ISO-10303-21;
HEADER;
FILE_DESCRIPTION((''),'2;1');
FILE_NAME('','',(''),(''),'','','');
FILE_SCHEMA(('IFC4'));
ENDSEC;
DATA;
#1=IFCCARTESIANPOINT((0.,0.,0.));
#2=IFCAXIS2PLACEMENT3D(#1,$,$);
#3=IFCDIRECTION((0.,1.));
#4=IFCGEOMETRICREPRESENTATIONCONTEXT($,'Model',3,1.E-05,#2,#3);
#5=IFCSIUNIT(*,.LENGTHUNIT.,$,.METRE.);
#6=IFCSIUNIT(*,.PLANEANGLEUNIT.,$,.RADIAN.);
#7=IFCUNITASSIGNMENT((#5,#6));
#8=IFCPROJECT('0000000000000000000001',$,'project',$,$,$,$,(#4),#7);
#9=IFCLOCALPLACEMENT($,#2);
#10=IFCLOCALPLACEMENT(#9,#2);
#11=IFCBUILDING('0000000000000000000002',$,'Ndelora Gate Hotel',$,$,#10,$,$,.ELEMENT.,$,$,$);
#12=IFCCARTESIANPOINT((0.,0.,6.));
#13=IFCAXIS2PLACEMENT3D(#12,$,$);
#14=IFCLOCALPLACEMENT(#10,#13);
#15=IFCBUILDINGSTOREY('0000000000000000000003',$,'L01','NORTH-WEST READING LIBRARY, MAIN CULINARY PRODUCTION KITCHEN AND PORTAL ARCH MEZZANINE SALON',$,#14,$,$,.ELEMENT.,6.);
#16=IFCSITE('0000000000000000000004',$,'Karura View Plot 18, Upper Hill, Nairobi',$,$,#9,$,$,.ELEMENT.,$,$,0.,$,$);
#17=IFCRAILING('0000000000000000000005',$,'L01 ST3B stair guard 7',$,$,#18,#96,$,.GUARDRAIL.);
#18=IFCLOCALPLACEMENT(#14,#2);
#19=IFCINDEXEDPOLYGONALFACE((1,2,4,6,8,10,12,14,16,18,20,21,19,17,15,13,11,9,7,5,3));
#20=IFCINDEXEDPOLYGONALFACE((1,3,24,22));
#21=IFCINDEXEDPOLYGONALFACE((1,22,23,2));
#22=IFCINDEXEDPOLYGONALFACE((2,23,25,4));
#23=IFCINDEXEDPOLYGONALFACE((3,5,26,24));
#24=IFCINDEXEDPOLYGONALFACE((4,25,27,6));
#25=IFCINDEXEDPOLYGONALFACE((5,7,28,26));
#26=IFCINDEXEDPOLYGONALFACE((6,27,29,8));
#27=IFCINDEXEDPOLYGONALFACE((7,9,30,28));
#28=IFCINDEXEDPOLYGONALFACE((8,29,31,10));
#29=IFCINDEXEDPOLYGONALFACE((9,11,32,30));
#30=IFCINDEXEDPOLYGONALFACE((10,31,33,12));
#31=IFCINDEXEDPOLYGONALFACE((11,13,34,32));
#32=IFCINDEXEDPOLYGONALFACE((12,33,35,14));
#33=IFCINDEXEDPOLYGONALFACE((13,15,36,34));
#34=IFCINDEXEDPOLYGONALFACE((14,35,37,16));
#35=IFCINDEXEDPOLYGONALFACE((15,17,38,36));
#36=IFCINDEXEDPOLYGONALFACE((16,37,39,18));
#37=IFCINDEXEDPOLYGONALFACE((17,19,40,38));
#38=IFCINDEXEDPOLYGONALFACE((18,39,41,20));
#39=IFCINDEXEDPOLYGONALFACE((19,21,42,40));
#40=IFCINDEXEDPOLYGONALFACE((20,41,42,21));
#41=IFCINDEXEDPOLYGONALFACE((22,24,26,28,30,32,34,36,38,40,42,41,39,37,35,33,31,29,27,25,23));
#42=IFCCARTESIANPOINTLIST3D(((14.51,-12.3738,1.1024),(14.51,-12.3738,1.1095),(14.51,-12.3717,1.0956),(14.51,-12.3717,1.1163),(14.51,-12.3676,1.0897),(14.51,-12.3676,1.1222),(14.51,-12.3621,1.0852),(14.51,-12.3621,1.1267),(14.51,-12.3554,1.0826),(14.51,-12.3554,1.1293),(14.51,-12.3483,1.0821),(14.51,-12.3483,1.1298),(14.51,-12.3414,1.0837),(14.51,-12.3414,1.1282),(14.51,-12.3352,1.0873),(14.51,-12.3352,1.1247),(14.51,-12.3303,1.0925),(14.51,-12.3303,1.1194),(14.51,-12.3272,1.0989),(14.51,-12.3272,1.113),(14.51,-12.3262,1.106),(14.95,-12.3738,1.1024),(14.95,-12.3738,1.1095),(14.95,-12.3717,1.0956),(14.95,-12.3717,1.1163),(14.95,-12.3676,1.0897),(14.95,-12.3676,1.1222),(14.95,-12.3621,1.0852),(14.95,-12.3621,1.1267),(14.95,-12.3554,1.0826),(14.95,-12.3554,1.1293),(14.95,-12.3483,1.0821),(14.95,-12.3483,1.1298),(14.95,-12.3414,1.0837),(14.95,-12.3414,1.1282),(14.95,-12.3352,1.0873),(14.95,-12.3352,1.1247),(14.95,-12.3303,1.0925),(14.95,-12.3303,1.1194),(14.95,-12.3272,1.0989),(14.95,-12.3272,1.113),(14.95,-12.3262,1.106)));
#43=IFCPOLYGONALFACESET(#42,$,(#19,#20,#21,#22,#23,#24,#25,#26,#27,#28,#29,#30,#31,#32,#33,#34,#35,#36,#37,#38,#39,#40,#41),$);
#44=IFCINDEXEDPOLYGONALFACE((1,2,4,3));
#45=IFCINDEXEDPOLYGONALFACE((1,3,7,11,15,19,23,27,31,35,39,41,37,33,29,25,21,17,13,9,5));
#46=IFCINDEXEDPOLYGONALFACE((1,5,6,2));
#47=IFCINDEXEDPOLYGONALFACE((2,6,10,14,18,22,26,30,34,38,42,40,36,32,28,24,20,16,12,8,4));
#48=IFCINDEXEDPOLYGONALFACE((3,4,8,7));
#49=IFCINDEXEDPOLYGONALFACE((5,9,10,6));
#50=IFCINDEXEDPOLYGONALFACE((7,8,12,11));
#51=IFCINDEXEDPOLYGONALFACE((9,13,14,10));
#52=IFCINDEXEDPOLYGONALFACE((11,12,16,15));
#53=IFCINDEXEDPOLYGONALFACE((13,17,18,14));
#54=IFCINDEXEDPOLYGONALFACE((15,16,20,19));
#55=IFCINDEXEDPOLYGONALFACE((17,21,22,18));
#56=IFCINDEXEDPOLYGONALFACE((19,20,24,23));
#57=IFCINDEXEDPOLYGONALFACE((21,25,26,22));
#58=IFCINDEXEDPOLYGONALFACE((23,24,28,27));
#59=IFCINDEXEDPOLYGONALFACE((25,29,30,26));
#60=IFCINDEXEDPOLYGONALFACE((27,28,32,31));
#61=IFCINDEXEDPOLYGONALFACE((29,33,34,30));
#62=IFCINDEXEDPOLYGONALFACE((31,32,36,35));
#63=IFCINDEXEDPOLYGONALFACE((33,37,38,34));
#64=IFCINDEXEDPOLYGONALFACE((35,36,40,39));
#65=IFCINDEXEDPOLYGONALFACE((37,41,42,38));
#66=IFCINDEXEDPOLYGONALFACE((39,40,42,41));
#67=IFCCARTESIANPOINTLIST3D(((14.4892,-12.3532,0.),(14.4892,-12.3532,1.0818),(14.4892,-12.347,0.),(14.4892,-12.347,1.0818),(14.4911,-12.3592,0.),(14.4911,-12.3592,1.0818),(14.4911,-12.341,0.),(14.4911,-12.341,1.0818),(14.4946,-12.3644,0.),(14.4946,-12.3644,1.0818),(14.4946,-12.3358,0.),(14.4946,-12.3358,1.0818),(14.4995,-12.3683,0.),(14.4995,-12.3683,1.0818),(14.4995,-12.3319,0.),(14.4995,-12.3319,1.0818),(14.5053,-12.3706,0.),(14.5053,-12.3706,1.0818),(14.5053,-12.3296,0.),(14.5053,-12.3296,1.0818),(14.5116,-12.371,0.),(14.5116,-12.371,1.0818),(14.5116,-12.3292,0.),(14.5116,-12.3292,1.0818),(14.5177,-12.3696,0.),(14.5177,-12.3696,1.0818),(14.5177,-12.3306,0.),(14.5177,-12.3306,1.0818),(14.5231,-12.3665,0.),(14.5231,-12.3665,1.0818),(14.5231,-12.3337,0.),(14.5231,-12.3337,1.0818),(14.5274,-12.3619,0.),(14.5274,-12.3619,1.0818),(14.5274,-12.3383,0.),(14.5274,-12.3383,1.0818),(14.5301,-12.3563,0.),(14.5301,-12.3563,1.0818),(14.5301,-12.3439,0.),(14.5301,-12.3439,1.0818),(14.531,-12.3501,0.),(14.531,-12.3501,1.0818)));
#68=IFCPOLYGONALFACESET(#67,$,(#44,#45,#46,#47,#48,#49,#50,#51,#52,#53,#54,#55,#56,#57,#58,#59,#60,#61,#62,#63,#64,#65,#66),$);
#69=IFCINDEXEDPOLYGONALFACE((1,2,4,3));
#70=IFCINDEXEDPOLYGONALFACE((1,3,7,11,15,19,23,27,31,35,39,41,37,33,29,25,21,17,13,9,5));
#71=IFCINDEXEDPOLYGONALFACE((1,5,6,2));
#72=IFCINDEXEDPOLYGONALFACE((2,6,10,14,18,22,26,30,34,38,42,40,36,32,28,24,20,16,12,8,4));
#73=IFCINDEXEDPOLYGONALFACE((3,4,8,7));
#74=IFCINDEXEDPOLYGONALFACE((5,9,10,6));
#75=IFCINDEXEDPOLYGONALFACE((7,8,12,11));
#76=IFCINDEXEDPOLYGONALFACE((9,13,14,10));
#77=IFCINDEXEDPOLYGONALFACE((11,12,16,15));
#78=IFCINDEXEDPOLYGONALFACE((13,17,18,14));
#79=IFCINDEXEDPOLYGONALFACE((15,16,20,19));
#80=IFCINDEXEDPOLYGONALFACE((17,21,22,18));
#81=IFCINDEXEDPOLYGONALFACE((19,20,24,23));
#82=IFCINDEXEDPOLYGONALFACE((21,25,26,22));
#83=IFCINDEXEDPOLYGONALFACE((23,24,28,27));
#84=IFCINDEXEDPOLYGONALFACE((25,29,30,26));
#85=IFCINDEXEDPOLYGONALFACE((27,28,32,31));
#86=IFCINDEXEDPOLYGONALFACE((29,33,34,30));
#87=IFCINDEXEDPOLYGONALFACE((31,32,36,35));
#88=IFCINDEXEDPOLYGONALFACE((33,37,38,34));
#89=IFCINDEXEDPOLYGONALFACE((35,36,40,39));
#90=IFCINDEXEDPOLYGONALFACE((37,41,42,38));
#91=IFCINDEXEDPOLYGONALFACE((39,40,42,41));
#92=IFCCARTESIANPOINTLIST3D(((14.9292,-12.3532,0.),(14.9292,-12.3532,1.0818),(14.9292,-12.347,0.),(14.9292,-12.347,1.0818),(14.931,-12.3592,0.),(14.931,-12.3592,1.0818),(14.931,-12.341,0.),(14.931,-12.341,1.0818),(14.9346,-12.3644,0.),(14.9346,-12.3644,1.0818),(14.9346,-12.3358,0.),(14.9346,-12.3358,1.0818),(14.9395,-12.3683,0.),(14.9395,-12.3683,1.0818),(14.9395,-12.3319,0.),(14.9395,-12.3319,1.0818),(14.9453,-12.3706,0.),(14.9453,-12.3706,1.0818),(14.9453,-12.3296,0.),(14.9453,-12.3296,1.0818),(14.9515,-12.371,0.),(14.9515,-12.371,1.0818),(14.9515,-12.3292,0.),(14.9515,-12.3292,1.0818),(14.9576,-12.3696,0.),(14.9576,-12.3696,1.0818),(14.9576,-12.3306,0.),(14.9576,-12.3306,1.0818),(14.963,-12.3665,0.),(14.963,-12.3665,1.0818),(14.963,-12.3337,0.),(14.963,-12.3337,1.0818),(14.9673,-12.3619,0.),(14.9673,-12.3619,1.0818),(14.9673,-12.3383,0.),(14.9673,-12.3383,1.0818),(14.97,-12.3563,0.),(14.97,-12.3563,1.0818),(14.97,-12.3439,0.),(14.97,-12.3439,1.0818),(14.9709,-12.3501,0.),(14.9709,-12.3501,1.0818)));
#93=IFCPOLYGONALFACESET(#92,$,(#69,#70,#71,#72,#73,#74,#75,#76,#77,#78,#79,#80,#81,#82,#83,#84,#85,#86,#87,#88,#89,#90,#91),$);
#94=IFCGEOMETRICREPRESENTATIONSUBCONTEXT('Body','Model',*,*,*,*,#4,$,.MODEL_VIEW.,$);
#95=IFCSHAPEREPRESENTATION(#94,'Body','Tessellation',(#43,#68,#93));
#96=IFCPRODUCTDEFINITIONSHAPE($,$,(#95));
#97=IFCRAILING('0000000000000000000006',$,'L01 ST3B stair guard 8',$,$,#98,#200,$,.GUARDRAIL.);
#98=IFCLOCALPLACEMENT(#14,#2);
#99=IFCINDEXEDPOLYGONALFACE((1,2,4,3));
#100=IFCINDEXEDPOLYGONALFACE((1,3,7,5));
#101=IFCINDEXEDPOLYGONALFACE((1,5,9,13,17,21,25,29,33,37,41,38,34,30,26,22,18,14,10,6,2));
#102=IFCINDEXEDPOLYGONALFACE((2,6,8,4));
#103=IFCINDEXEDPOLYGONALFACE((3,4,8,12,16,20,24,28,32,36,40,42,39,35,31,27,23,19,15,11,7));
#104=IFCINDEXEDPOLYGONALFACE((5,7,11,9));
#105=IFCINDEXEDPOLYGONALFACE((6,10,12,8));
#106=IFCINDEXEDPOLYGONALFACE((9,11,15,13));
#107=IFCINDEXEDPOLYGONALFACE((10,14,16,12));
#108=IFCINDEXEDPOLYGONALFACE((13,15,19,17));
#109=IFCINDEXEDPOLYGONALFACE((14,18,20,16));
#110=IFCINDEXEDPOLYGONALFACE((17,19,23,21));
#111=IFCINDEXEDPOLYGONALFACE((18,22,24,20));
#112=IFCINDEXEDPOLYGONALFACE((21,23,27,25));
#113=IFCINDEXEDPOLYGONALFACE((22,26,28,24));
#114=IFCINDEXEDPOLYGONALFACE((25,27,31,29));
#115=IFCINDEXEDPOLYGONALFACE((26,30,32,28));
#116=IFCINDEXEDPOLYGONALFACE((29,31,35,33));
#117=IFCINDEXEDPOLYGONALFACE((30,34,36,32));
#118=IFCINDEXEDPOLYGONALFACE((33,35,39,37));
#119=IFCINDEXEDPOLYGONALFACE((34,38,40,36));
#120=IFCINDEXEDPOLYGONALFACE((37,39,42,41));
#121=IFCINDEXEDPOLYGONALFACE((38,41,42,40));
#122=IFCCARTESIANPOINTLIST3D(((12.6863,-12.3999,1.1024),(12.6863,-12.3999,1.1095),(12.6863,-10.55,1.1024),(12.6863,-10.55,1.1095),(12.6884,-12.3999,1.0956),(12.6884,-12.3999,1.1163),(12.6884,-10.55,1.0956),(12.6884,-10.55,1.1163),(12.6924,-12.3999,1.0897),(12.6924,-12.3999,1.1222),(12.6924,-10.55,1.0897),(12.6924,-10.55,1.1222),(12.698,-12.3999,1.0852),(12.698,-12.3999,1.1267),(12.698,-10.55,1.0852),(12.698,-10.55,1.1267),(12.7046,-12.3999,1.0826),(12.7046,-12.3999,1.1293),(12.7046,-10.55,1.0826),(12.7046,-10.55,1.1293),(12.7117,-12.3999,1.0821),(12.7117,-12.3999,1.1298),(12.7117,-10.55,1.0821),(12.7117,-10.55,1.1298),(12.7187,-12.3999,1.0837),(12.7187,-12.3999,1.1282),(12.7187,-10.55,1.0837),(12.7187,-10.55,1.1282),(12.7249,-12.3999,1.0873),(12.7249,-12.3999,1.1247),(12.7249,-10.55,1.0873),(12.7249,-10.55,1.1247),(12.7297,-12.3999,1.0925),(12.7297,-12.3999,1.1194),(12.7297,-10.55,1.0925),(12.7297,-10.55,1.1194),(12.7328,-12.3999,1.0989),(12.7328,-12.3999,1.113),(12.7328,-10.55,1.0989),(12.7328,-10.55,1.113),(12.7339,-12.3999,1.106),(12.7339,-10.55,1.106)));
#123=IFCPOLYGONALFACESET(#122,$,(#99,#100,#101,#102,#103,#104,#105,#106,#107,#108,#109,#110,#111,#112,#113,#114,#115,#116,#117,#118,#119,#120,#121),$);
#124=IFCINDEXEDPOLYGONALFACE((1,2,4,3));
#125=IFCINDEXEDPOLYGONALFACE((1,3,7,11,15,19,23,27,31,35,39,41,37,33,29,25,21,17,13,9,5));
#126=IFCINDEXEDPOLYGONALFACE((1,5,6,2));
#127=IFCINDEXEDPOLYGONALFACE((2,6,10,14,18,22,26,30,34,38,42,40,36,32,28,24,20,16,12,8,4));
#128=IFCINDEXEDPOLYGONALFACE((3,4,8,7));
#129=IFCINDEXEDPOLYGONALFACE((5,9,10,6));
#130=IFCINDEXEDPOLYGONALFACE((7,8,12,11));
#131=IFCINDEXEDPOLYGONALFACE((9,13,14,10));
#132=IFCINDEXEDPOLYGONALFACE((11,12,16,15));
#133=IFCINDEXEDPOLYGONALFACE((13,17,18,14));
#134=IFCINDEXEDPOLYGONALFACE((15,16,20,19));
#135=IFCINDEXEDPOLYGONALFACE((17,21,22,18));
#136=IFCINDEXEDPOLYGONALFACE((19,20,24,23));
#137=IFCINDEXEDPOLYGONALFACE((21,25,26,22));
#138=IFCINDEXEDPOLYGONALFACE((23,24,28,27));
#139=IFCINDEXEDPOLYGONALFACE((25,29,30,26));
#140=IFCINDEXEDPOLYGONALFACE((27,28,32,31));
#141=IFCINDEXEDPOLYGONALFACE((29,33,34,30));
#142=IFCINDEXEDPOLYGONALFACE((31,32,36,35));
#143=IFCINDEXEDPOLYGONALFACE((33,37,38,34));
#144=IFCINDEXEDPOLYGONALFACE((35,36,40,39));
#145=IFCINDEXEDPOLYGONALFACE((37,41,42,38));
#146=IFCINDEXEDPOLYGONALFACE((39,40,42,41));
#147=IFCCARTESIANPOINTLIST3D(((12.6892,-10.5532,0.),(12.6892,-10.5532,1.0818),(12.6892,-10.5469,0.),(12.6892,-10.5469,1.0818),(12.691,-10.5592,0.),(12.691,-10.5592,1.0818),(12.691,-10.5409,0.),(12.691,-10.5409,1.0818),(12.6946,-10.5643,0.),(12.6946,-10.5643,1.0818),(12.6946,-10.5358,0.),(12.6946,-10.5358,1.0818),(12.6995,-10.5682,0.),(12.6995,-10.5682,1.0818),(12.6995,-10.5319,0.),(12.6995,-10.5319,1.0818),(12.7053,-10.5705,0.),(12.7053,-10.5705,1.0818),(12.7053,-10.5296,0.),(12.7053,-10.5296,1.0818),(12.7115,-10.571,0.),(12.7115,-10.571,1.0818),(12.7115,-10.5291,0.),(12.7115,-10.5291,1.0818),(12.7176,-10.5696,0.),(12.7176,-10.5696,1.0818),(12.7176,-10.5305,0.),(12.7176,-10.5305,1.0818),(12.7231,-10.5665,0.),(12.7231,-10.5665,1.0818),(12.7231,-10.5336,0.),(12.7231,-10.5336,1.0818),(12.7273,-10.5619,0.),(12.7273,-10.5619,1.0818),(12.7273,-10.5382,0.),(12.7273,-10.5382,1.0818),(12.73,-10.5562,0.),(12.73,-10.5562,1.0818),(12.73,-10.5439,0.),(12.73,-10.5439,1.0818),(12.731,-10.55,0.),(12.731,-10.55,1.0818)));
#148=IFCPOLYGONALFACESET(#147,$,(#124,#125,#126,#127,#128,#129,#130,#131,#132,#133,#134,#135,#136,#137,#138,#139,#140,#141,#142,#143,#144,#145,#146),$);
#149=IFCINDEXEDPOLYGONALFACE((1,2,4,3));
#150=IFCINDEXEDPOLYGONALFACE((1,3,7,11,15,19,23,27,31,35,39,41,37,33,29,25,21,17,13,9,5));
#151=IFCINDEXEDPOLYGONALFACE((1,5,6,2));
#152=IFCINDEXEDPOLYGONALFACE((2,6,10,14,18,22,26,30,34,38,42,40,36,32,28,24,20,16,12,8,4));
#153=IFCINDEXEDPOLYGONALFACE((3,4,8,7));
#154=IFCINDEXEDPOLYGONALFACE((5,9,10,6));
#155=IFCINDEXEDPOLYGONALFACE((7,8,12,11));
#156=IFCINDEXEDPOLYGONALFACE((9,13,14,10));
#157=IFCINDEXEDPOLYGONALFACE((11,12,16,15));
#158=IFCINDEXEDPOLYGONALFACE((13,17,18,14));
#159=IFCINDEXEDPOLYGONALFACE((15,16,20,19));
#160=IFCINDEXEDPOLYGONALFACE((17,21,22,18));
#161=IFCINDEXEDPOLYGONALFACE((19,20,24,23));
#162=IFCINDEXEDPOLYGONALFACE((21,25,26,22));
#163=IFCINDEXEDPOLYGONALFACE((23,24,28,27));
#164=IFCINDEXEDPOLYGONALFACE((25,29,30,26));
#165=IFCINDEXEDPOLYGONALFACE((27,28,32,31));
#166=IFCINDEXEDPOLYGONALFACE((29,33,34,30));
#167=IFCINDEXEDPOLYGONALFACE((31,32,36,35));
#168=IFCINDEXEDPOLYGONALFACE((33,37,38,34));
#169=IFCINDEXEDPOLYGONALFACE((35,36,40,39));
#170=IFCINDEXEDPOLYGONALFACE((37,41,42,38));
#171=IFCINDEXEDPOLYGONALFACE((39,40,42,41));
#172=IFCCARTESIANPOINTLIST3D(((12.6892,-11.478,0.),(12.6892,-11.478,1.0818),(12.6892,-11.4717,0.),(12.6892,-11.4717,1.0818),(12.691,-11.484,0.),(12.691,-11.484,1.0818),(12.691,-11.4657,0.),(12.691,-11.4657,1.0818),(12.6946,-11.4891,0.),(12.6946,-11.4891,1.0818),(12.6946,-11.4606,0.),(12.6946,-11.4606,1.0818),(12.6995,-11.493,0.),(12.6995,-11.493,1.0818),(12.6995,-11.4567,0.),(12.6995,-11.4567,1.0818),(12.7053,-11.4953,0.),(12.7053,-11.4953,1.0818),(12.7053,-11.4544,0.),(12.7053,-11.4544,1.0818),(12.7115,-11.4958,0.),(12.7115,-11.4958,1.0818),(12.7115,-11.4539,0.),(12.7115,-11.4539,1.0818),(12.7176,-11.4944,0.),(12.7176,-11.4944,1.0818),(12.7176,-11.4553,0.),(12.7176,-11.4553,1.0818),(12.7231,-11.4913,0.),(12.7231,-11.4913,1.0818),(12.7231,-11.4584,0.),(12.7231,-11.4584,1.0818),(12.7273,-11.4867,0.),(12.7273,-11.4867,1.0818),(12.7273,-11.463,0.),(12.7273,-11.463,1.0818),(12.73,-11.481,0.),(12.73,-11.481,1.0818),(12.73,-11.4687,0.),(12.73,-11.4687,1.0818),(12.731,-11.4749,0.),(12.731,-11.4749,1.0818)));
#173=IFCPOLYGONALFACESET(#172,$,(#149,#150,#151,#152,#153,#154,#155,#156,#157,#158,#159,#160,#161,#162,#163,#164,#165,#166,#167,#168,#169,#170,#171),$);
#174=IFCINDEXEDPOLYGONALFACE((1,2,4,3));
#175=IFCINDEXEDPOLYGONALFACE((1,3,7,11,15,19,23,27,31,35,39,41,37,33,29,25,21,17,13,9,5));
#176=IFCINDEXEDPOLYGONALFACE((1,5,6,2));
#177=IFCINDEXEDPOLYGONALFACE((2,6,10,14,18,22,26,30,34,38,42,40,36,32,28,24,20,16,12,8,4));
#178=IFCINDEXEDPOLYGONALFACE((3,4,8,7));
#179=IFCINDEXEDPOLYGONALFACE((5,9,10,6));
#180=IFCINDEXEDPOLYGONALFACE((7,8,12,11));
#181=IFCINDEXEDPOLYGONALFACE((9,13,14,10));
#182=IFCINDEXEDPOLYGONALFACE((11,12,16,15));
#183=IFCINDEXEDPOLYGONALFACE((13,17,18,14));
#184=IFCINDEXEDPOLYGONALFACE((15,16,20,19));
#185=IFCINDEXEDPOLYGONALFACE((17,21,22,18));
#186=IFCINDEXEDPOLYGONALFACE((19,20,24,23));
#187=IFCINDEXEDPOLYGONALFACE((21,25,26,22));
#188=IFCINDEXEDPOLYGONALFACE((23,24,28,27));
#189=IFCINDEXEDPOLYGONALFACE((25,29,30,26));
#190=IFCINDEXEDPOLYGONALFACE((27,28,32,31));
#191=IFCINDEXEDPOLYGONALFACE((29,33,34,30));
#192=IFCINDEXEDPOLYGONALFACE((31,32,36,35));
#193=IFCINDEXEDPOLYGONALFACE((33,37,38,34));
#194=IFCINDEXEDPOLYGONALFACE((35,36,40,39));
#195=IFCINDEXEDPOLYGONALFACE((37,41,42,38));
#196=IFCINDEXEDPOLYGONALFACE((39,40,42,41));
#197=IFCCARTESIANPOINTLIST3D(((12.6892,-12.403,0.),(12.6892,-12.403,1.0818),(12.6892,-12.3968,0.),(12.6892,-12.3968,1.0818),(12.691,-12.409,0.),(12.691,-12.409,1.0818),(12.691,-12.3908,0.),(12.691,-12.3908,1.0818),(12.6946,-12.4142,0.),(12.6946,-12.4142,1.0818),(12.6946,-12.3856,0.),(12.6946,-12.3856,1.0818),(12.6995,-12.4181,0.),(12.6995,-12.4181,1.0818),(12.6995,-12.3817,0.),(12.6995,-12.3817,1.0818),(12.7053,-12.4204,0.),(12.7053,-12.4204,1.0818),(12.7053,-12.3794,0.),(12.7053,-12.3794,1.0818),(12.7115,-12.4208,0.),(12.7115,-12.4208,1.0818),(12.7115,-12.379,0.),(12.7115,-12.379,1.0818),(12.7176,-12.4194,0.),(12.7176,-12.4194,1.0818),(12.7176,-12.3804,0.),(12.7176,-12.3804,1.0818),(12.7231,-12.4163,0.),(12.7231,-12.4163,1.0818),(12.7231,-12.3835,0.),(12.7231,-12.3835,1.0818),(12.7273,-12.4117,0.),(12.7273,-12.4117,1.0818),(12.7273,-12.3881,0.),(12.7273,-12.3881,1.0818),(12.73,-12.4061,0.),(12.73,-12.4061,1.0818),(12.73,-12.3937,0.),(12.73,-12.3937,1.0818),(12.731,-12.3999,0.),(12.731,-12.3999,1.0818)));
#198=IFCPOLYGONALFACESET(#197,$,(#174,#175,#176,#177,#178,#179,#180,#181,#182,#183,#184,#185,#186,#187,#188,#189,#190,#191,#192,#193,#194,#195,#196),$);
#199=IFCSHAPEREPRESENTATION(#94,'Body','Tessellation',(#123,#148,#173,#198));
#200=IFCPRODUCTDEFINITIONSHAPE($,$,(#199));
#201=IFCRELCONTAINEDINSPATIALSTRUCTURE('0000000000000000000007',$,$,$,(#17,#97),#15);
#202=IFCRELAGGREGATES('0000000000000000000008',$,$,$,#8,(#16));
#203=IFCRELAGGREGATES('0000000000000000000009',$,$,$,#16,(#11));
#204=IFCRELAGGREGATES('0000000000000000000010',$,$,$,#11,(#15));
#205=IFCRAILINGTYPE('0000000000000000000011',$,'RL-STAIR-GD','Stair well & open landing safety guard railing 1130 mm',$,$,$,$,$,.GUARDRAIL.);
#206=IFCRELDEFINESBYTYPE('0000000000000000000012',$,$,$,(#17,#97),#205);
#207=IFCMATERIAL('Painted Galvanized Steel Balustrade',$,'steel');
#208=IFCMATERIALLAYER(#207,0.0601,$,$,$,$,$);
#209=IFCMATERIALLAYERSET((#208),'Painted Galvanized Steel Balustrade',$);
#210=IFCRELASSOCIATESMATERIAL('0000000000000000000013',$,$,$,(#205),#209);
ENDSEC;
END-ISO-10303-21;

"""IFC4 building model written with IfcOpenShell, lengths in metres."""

from ifc_helpers import new_model, si_unit, direction, frame, origin, origin_2d, place, context, subcontext, project, spatial, circle, extrude, material, layer, layer_set, type_object, element, save


model = new_model("IFC4")

# Units and contexts
model_context = context("Model", 3, precision=1e-05, world=origin(), true_north=direction((0.0, 1.0)))
body_context = subcontext(model_context, "Body", "Model", "MODEL_VIEW")
ifc_project = project(units=[si_unit("LENGTHUNIT", "METRE"), si_unit("PLANEANGLEUNIT", "RADIAN")], contexts=[model_context])

# Site, building, storey
site_placement = place(None, origin())
site = spatial("IfcSite", under=ifc_project, at=site_placement, Name="Karura View Plot 18, Upper Hill, Nairobi", CompositionType="ELEMENT", RefElevation=0.0)
building_placement = place(site_placement, origin())
building = spatial("IfcBuilding", under=site, at=building_placement, Name="Ndelora Gate Hotel", CompositionType="ELEMENT")
storey_placement = place(building_placement, frame((0.0, 0.0, 6.0)))
storey = spatial("IfcBuildingStorey", under=building, at=storey_placement, Name="L01", Description="NORTH-WEST READING LIBRARY, MAIN CULINARY PRODUCTION KITCHEN AND PORTAL ARCH MEZZANINE SALON", CompositionType="ELEMENT", Elevation=6.0)

# Railings
ifc_material_1 = material(Name="Painted Galvanized Steel Balustrade", Category="steel")
ifc_layer_1 = layer(ifc_material_1, 0.0601)
ifc_layer_set_1 = layer_set([ifc_layer_1], Name="Painted Galvanized Steel Balustrade")
railing_type_1 = type_object("IfcRailingType", Name="RL-STAIR-GD", Description="Stair well & open landing safety guard railing 1130 mm", PredefinedType="GUARDRAIL", material=ifc_layer_set_1)
railing_1_placement = place(storey_placement, frame((14.51, -12.3501, 0.0)))
element("IfcRailing", 1, at=railing_1_placement, inside=storey, type_object=railing_type_1, Name="L01 ST3B stair guard 7", PredefinedType="GUARDRAIL", context=body_context, shape_type="SweptSolid", body=[
    extrude(circle(Radius=0.0239, at=origin_2d()), frame((0.0, 0.0, 1.106), z_axis=(1.0, 0.0, 0.0), x_axis=(0.0, 1.0, 0.0)), (0.0, 0.0, 1.0), 0.4399),
    extrude(circle(Radius=0.021, at=origin_2d()), origin(), (0.0, 0.0, 1.0), 1.0818),
    extrude(circle(Radius=0.021, at=origin_2d()), frame((0.4399, 0.0, 0.0)), (0.0, 0.0, 1.0), 1.0818),
])
for number, where, name in (
    (2, (12.71, -10.55, 0.0), "L01 ST3B stair guard 8"),
):
    element("IfcRailing", number, at=place(storey_placement, frame(where)), inside=storey, type_object=railing_type_1, Name=name, PredefinedType="GUARDRAIL", context=body_context, shape_type="SweptSolid", body=[
        extrude(circle(Radius=0.0239, at=origin_2d()), frame((0.0, 0.0, 1.106), z_axis=(0.0, -1.0, 0.0), x_axis=(1.0, 0.0, 0.0)), (0.0, 0.0, 1.0), 1.8499),
        extrude(circle(Radius=0.021, at=origin_2d()), origin(), (0.0, 0.0, 1.0), 1.0818),
        extrude(circle(Radius=0.021, at=origin_2d()), frame((0.0, -0.9248, 0.0)), (0.0, 0.0, 1.0), 1.0818),
        extrude(circle(Radius=0.021, at=origin_2d()), frame((0.0, -1.8499, 0.0)), (0.0, 0.0, 1.0), 1.0818),
    ])

save(model, "model.ifc")
